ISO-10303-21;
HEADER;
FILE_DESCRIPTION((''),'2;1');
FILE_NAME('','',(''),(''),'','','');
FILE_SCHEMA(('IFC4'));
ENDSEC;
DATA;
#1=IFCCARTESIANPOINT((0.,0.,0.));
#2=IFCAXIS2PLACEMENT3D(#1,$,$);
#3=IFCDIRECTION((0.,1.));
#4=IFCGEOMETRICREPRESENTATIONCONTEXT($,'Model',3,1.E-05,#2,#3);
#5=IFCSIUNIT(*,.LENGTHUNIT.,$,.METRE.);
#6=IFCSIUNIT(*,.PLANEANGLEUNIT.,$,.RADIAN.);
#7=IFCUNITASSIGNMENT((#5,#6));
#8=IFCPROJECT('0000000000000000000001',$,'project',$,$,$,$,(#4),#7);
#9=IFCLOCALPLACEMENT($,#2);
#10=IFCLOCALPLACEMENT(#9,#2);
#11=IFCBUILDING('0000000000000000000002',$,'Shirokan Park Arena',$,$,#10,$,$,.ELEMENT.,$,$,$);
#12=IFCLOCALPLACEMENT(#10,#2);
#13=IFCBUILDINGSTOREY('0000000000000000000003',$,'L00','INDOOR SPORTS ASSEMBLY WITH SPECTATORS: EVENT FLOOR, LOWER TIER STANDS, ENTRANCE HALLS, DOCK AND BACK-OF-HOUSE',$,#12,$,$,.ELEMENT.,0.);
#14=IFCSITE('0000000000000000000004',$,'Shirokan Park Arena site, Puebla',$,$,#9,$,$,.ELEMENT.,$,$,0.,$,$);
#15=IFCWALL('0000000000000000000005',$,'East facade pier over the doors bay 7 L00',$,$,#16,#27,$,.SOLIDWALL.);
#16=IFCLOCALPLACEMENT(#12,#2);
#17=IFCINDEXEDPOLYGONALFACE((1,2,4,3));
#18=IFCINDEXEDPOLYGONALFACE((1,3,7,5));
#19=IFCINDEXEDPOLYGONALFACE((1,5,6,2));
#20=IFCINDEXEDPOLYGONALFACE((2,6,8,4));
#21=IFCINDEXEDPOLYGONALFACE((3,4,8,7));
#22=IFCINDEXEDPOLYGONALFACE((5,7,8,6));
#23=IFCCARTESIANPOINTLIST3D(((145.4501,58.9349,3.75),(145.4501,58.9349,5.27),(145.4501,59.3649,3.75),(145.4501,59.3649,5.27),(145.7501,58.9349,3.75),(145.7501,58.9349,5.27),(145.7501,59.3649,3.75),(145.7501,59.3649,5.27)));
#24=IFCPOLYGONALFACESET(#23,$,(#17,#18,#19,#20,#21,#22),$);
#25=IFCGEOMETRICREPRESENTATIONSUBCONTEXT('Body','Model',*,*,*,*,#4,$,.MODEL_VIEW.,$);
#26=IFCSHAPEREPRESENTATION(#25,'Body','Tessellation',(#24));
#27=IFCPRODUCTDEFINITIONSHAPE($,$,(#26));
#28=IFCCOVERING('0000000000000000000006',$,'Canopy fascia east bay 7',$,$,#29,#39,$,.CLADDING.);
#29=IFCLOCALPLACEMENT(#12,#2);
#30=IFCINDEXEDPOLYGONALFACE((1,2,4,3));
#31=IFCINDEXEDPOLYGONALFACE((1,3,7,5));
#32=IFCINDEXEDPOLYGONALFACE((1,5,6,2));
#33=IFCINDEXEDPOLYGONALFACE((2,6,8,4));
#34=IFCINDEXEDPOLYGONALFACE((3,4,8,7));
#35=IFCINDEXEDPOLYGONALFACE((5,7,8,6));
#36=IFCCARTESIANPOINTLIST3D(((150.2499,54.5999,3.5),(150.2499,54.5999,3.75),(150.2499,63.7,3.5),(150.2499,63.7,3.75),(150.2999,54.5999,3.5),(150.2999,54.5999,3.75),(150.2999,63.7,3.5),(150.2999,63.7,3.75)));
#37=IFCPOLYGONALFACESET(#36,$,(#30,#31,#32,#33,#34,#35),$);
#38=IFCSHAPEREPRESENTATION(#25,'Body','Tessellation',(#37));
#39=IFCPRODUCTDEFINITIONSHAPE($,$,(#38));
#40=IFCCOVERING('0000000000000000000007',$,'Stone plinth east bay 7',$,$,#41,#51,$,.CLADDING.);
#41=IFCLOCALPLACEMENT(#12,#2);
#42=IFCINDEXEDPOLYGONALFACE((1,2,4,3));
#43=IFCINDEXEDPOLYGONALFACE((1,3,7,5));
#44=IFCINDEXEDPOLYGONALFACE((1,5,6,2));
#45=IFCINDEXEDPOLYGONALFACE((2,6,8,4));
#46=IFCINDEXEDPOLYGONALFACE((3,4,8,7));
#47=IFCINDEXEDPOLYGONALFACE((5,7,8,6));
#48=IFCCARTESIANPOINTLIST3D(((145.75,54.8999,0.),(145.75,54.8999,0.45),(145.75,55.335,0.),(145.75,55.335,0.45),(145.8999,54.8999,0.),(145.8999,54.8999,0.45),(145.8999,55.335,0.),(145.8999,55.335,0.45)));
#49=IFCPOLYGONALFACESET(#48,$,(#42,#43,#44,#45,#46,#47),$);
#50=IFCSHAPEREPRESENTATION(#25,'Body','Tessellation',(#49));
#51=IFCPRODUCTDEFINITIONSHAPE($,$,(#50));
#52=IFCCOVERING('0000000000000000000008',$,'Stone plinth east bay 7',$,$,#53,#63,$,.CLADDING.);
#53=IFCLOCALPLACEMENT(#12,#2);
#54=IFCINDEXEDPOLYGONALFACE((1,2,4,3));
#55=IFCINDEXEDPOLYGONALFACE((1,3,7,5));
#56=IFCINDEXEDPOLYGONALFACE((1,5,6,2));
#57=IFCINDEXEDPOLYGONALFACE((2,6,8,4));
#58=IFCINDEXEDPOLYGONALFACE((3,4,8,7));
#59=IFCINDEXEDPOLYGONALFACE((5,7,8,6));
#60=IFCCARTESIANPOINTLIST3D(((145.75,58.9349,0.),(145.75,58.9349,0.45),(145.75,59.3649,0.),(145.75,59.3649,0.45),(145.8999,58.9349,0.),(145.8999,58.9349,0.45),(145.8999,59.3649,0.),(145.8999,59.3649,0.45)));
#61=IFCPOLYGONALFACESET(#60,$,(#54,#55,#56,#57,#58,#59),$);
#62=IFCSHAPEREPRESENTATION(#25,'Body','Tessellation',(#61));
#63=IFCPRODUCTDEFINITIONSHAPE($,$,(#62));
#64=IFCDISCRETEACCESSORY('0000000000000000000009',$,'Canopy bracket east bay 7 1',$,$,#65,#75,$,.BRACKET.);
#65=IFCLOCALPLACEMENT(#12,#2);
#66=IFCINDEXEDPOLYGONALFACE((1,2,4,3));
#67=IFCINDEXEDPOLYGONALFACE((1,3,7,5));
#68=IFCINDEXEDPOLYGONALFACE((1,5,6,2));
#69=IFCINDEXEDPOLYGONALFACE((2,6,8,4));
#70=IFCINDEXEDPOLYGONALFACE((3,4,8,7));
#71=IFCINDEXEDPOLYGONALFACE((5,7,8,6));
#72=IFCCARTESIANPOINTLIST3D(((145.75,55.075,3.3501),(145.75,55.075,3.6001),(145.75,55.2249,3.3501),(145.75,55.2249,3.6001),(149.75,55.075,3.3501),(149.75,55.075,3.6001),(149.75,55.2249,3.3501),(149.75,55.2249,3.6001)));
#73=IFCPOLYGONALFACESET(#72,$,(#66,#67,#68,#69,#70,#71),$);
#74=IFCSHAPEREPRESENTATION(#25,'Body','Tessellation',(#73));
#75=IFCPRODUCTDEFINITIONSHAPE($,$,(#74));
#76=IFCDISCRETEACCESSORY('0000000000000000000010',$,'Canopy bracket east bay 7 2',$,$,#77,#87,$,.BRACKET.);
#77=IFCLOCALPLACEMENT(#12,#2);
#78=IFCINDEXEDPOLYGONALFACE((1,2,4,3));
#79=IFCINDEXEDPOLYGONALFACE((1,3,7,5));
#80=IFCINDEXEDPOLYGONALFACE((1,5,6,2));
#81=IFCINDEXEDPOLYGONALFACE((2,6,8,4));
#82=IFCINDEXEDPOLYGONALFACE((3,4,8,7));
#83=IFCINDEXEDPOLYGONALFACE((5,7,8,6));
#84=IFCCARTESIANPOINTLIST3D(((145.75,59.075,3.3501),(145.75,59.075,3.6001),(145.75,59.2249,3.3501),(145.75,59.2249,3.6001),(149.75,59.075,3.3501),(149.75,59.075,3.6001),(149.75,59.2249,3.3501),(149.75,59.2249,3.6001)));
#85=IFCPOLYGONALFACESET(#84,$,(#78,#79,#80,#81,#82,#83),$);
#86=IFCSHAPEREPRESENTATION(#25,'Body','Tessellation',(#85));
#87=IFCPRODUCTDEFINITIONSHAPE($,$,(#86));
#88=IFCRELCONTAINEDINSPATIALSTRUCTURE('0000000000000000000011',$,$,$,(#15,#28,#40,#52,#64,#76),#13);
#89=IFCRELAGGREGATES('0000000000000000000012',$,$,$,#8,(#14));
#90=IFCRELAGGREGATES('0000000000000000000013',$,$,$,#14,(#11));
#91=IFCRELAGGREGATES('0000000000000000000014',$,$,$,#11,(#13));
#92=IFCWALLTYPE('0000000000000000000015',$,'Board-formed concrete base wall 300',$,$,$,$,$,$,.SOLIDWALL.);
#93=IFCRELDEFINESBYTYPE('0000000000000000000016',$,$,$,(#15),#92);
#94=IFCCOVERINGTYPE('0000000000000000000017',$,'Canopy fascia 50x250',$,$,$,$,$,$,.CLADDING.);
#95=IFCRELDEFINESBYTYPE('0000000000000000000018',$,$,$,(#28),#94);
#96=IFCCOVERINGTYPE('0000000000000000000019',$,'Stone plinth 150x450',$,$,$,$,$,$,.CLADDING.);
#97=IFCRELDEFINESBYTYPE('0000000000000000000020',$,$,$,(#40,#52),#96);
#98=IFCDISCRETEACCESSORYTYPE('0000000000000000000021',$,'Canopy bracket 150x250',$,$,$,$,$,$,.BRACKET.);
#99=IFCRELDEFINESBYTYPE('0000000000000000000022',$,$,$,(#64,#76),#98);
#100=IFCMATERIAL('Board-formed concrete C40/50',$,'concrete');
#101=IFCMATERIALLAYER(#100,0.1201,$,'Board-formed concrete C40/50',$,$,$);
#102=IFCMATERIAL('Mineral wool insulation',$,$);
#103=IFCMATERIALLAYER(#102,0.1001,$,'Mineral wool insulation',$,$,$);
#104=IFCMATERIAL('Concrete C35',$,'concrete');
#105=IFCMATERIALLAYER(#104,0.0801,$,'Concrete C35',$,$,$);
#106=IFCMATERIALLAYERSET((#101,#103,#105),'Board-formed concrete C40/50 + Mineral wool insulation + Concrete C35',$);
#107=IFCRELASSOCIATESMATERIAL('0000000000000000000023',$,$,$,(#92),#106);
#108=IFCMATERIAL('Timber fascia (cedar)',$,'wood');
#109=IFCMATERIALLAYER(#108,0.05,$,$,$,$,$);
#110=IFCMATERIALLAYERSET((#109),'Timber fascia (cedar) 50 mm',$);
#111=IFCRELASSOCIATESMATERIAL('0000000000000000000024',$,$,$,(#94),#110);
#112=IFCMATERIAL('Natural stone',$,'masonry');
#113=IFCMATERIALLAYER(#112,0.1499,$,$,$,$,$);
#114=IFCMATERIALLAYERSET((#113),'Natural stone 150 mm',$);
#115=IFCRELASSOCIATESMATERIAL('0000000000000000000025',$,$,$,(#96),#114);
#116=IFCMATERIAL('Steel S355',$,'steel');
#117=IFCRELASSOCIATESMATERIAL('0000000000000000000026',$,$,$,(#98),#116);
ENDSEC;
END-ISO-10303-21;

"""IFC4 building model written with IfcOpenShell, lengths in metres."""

from ifc_helpers import new_model, si_unit, direction, frame, frame_2d, origin, origin_2d, place, context, subcontext, project, spatial, rectangle, extrude, material, layer, layer_set, type_object, element, save


model = new_model("IFC4")

# Units and contexts
model_context = context("Model", 3, precision=1e-05, world=origin(), true_north=direction((0.0, 1.0)))
body_context = subcontext(model_context, "Body", "Model", "MODEL_VIEW")
ifc_project = project(units=[si_unit("LENGTHUNIT", "METRE"), si_unit("PLANEANGLEUNIT", "RADIAN")], contexts=[model_context])

# Site, building, storey
site_placement = place(None, origin())
site = spatial("IfcSite", under=ifc_project, at=site_placement, Name="Shirokan Park Arena site, Puebla", CompositionType="ELEMENT", RefElevation=0.0)
building_placement = place(site_placement, origin())
building = spatial("IfcBuilding", under=site, at=building_placement, Name="Shirokan Park Arena", CompositionType="ELEMENT")
storey_placement = place(building_placement, origin())
storey = spatial("IfcBuildingStorey", under=building, at=storey_placement, Name="L00", Description="INDOOR SPORTS ASSEMBLY WITH SPECTATORS: EVENT FLOOR, LOWER TIER STANDS, ENTRANCE HALLS, DOCK AND BACK-OF-HOUSE", CompositionType="ELEMENT", Elevation=0.0)

# Shared definitions
ifc_material_1 = material(Name="Concrete C35", Category="concrete")
ifc_material_2 = material(Name="Steel S355", Category="steel")

# Shared definitions
ifc_material_3 = material(Name="Board-formed concrete C40/50", Category="concrete")
ifc_layer_1 = layer(ifc_material_3, 0.1201, Name="Board-formed concrete C40/50")
ifc_material_4 = material(Name="Mineral wool insulation")
ifc_layer_2 = layer(ifc_material_4, 0.1001, Name="Mineral wool insulation")
ifc_layer_3 = layer(ifc_material_1, 0.0801, Name="Concrete C35")
ifc_layer_set_1 = layer_set([ifc_layer_1, ifc_layer_2, ifc_layer_3], Name="Board-formed concrete C40/50 + Mineral wool insulation + Concrete C35")
wall_type = type_object("IfcWallType", Name="Board-formed concrete base wall 300", PredefinedType="SOLIDWALL", material=ifc_layer_set_1)

# Wall
wall_1_placement = place(storey_placement, frame((145.6001, 58.9351, 3.75), z_axis=(0.0, 0.0, 1.0), x_axis=(0.0, 1.0, 0.0)))
element("IfcWall", 1, at=wall_1_placement, inside=storey, type_object=wall_type, Name="East facade pier over the doors bay 7 L00", PredefinedType="SOLIDWALL", context=body_context, shape_type="SweptSolid", body=[
    extrude(rectangle(XDim=0.4299, YDim=0.3, at=frame_2d((0.2148, 0.0))), origin(), (0.0, 0.0, 1.0), 1.52),
])

# Coverings
ifc_material_5 = material(Name="Timber fascia (cedar)", Category="wood")
ifc_layer_4 = layer(ifc_material_5, 0.05)
ifc_layer_set_2 = layer_set([ifc_layer_4], Name="Timber fascia (cedar) 50 mm")
covering_type_1 = type_object("IfcCoveringType", Name="Canopy fascia 50x250", PredefinedType="CLADDING", material=ifc_layer_set_2)
covering_1_placement = place(storey_placement, frame((150.2749, 59.1499, 3.5), z_axis=(0.0, 0.0, 1.0), x_axis=(0.0, 1.0, 0.0)))
element("IfcCovering", 2, at=covering_1_placement, inside=storey, type_object=covering_type_1, Name="Canopy fascia east bay 7", PredefinedType="CLADDING", context=body_context, shape_type="SweptSolid", body=[
    extrude(rectangle(XDim=9.1001, YDim=0.05, at=origin_2d()), origin(), (0.0, 0.0, 1.0), 0.25),
])
ifc_material_6 = material(Name="Natural stone", Category="masonry")
ifc_layer_5 = layer(ifc_material_6, 0.1499)
ifc_layer_set_3 = layer_set([ifc_layer_5], Name="Natural stone 150 mm")
covering_type_2 = type_object("IfcCoveringType", Name="Stone plinth 150x450", PredefinedType="CLADDING", material=ifc_layer_set_3)
covering_2_placement = place(storey_placement, frame((145.825, 55.1174, 0.0), z_axis=(0.0, 0.0, 1.0), x_axis=(0.0, 1.0, 0.0)))
element("IfcCovering", 3, at=covering_2_placement, inside=storey, type_object=covering_type_2, Name="Stone plinth east bay 7", PredefinedType="CLADDING", context=body_context, shape_type="SweptSolid", body=[
    extrude(rectangle(XDim=0.4351, YDim=0.1499, at=origin_2d()), origin(), (0.0, 0.0, 1.0), 0.45),
])
covering_3_placement = place(storey_placement, frame((145.825, 59.1499, 0.0), z_axis=(0.0, 0.0, 1.0), x_axis=(0.0, 1.0, 0.0)))
element("IfcCovering", 4, at=covering_3_placement, inside=storey, type_object=covering_type_2, Name="Stone plinth east bay 7", PredefinedType="CLADDING", context=body_context, shape_type="SweptSolid", body=[
    extrude(rectangle(XDim=0.4299, YDim=0.1499, at=origin_2d()), origin(), (0.0, 0.0, 1.0), 0.45),
])

# Discrete accessories
discrete_accessory_type = type_object("IfcDiscreteAccessoryType", Name="Canopy bracket 150x250", PredefinedType="BRACKET", material=ifc_material_2)
for number, where, z_axis, x_axis, name in (
    (5, (147.75, 55.1499, 3.3501), (0.0, 0.0, 1.0), (0.0, 1.0, 0.0), "Canopy bracket east bay 7 1"),
    (6, (147.75, 59.1499, 3.3501), (0.0, 0.0, 1.0), (0.0, 1.0, 0.0), "Canopy bracket east bay 7 2"),
):
    element("IfcDiscreteAccessory", number, at=place(storey_placement, frame(where, z_axis=z_axis, x_axis=x_axis)), inside=storey, type_object=discrete_accessory_type, Name=name, PredefinedType="BRACKET", context=body_context, shape_type="SweptSolid", body=[
        extrude(rectangle(XDim=0.1499, YDim=4.0, at=origin_2d()), origin(), (0.0, 0.0, 1.0), 0.25),
    ])

save(model, "model.ifc")
